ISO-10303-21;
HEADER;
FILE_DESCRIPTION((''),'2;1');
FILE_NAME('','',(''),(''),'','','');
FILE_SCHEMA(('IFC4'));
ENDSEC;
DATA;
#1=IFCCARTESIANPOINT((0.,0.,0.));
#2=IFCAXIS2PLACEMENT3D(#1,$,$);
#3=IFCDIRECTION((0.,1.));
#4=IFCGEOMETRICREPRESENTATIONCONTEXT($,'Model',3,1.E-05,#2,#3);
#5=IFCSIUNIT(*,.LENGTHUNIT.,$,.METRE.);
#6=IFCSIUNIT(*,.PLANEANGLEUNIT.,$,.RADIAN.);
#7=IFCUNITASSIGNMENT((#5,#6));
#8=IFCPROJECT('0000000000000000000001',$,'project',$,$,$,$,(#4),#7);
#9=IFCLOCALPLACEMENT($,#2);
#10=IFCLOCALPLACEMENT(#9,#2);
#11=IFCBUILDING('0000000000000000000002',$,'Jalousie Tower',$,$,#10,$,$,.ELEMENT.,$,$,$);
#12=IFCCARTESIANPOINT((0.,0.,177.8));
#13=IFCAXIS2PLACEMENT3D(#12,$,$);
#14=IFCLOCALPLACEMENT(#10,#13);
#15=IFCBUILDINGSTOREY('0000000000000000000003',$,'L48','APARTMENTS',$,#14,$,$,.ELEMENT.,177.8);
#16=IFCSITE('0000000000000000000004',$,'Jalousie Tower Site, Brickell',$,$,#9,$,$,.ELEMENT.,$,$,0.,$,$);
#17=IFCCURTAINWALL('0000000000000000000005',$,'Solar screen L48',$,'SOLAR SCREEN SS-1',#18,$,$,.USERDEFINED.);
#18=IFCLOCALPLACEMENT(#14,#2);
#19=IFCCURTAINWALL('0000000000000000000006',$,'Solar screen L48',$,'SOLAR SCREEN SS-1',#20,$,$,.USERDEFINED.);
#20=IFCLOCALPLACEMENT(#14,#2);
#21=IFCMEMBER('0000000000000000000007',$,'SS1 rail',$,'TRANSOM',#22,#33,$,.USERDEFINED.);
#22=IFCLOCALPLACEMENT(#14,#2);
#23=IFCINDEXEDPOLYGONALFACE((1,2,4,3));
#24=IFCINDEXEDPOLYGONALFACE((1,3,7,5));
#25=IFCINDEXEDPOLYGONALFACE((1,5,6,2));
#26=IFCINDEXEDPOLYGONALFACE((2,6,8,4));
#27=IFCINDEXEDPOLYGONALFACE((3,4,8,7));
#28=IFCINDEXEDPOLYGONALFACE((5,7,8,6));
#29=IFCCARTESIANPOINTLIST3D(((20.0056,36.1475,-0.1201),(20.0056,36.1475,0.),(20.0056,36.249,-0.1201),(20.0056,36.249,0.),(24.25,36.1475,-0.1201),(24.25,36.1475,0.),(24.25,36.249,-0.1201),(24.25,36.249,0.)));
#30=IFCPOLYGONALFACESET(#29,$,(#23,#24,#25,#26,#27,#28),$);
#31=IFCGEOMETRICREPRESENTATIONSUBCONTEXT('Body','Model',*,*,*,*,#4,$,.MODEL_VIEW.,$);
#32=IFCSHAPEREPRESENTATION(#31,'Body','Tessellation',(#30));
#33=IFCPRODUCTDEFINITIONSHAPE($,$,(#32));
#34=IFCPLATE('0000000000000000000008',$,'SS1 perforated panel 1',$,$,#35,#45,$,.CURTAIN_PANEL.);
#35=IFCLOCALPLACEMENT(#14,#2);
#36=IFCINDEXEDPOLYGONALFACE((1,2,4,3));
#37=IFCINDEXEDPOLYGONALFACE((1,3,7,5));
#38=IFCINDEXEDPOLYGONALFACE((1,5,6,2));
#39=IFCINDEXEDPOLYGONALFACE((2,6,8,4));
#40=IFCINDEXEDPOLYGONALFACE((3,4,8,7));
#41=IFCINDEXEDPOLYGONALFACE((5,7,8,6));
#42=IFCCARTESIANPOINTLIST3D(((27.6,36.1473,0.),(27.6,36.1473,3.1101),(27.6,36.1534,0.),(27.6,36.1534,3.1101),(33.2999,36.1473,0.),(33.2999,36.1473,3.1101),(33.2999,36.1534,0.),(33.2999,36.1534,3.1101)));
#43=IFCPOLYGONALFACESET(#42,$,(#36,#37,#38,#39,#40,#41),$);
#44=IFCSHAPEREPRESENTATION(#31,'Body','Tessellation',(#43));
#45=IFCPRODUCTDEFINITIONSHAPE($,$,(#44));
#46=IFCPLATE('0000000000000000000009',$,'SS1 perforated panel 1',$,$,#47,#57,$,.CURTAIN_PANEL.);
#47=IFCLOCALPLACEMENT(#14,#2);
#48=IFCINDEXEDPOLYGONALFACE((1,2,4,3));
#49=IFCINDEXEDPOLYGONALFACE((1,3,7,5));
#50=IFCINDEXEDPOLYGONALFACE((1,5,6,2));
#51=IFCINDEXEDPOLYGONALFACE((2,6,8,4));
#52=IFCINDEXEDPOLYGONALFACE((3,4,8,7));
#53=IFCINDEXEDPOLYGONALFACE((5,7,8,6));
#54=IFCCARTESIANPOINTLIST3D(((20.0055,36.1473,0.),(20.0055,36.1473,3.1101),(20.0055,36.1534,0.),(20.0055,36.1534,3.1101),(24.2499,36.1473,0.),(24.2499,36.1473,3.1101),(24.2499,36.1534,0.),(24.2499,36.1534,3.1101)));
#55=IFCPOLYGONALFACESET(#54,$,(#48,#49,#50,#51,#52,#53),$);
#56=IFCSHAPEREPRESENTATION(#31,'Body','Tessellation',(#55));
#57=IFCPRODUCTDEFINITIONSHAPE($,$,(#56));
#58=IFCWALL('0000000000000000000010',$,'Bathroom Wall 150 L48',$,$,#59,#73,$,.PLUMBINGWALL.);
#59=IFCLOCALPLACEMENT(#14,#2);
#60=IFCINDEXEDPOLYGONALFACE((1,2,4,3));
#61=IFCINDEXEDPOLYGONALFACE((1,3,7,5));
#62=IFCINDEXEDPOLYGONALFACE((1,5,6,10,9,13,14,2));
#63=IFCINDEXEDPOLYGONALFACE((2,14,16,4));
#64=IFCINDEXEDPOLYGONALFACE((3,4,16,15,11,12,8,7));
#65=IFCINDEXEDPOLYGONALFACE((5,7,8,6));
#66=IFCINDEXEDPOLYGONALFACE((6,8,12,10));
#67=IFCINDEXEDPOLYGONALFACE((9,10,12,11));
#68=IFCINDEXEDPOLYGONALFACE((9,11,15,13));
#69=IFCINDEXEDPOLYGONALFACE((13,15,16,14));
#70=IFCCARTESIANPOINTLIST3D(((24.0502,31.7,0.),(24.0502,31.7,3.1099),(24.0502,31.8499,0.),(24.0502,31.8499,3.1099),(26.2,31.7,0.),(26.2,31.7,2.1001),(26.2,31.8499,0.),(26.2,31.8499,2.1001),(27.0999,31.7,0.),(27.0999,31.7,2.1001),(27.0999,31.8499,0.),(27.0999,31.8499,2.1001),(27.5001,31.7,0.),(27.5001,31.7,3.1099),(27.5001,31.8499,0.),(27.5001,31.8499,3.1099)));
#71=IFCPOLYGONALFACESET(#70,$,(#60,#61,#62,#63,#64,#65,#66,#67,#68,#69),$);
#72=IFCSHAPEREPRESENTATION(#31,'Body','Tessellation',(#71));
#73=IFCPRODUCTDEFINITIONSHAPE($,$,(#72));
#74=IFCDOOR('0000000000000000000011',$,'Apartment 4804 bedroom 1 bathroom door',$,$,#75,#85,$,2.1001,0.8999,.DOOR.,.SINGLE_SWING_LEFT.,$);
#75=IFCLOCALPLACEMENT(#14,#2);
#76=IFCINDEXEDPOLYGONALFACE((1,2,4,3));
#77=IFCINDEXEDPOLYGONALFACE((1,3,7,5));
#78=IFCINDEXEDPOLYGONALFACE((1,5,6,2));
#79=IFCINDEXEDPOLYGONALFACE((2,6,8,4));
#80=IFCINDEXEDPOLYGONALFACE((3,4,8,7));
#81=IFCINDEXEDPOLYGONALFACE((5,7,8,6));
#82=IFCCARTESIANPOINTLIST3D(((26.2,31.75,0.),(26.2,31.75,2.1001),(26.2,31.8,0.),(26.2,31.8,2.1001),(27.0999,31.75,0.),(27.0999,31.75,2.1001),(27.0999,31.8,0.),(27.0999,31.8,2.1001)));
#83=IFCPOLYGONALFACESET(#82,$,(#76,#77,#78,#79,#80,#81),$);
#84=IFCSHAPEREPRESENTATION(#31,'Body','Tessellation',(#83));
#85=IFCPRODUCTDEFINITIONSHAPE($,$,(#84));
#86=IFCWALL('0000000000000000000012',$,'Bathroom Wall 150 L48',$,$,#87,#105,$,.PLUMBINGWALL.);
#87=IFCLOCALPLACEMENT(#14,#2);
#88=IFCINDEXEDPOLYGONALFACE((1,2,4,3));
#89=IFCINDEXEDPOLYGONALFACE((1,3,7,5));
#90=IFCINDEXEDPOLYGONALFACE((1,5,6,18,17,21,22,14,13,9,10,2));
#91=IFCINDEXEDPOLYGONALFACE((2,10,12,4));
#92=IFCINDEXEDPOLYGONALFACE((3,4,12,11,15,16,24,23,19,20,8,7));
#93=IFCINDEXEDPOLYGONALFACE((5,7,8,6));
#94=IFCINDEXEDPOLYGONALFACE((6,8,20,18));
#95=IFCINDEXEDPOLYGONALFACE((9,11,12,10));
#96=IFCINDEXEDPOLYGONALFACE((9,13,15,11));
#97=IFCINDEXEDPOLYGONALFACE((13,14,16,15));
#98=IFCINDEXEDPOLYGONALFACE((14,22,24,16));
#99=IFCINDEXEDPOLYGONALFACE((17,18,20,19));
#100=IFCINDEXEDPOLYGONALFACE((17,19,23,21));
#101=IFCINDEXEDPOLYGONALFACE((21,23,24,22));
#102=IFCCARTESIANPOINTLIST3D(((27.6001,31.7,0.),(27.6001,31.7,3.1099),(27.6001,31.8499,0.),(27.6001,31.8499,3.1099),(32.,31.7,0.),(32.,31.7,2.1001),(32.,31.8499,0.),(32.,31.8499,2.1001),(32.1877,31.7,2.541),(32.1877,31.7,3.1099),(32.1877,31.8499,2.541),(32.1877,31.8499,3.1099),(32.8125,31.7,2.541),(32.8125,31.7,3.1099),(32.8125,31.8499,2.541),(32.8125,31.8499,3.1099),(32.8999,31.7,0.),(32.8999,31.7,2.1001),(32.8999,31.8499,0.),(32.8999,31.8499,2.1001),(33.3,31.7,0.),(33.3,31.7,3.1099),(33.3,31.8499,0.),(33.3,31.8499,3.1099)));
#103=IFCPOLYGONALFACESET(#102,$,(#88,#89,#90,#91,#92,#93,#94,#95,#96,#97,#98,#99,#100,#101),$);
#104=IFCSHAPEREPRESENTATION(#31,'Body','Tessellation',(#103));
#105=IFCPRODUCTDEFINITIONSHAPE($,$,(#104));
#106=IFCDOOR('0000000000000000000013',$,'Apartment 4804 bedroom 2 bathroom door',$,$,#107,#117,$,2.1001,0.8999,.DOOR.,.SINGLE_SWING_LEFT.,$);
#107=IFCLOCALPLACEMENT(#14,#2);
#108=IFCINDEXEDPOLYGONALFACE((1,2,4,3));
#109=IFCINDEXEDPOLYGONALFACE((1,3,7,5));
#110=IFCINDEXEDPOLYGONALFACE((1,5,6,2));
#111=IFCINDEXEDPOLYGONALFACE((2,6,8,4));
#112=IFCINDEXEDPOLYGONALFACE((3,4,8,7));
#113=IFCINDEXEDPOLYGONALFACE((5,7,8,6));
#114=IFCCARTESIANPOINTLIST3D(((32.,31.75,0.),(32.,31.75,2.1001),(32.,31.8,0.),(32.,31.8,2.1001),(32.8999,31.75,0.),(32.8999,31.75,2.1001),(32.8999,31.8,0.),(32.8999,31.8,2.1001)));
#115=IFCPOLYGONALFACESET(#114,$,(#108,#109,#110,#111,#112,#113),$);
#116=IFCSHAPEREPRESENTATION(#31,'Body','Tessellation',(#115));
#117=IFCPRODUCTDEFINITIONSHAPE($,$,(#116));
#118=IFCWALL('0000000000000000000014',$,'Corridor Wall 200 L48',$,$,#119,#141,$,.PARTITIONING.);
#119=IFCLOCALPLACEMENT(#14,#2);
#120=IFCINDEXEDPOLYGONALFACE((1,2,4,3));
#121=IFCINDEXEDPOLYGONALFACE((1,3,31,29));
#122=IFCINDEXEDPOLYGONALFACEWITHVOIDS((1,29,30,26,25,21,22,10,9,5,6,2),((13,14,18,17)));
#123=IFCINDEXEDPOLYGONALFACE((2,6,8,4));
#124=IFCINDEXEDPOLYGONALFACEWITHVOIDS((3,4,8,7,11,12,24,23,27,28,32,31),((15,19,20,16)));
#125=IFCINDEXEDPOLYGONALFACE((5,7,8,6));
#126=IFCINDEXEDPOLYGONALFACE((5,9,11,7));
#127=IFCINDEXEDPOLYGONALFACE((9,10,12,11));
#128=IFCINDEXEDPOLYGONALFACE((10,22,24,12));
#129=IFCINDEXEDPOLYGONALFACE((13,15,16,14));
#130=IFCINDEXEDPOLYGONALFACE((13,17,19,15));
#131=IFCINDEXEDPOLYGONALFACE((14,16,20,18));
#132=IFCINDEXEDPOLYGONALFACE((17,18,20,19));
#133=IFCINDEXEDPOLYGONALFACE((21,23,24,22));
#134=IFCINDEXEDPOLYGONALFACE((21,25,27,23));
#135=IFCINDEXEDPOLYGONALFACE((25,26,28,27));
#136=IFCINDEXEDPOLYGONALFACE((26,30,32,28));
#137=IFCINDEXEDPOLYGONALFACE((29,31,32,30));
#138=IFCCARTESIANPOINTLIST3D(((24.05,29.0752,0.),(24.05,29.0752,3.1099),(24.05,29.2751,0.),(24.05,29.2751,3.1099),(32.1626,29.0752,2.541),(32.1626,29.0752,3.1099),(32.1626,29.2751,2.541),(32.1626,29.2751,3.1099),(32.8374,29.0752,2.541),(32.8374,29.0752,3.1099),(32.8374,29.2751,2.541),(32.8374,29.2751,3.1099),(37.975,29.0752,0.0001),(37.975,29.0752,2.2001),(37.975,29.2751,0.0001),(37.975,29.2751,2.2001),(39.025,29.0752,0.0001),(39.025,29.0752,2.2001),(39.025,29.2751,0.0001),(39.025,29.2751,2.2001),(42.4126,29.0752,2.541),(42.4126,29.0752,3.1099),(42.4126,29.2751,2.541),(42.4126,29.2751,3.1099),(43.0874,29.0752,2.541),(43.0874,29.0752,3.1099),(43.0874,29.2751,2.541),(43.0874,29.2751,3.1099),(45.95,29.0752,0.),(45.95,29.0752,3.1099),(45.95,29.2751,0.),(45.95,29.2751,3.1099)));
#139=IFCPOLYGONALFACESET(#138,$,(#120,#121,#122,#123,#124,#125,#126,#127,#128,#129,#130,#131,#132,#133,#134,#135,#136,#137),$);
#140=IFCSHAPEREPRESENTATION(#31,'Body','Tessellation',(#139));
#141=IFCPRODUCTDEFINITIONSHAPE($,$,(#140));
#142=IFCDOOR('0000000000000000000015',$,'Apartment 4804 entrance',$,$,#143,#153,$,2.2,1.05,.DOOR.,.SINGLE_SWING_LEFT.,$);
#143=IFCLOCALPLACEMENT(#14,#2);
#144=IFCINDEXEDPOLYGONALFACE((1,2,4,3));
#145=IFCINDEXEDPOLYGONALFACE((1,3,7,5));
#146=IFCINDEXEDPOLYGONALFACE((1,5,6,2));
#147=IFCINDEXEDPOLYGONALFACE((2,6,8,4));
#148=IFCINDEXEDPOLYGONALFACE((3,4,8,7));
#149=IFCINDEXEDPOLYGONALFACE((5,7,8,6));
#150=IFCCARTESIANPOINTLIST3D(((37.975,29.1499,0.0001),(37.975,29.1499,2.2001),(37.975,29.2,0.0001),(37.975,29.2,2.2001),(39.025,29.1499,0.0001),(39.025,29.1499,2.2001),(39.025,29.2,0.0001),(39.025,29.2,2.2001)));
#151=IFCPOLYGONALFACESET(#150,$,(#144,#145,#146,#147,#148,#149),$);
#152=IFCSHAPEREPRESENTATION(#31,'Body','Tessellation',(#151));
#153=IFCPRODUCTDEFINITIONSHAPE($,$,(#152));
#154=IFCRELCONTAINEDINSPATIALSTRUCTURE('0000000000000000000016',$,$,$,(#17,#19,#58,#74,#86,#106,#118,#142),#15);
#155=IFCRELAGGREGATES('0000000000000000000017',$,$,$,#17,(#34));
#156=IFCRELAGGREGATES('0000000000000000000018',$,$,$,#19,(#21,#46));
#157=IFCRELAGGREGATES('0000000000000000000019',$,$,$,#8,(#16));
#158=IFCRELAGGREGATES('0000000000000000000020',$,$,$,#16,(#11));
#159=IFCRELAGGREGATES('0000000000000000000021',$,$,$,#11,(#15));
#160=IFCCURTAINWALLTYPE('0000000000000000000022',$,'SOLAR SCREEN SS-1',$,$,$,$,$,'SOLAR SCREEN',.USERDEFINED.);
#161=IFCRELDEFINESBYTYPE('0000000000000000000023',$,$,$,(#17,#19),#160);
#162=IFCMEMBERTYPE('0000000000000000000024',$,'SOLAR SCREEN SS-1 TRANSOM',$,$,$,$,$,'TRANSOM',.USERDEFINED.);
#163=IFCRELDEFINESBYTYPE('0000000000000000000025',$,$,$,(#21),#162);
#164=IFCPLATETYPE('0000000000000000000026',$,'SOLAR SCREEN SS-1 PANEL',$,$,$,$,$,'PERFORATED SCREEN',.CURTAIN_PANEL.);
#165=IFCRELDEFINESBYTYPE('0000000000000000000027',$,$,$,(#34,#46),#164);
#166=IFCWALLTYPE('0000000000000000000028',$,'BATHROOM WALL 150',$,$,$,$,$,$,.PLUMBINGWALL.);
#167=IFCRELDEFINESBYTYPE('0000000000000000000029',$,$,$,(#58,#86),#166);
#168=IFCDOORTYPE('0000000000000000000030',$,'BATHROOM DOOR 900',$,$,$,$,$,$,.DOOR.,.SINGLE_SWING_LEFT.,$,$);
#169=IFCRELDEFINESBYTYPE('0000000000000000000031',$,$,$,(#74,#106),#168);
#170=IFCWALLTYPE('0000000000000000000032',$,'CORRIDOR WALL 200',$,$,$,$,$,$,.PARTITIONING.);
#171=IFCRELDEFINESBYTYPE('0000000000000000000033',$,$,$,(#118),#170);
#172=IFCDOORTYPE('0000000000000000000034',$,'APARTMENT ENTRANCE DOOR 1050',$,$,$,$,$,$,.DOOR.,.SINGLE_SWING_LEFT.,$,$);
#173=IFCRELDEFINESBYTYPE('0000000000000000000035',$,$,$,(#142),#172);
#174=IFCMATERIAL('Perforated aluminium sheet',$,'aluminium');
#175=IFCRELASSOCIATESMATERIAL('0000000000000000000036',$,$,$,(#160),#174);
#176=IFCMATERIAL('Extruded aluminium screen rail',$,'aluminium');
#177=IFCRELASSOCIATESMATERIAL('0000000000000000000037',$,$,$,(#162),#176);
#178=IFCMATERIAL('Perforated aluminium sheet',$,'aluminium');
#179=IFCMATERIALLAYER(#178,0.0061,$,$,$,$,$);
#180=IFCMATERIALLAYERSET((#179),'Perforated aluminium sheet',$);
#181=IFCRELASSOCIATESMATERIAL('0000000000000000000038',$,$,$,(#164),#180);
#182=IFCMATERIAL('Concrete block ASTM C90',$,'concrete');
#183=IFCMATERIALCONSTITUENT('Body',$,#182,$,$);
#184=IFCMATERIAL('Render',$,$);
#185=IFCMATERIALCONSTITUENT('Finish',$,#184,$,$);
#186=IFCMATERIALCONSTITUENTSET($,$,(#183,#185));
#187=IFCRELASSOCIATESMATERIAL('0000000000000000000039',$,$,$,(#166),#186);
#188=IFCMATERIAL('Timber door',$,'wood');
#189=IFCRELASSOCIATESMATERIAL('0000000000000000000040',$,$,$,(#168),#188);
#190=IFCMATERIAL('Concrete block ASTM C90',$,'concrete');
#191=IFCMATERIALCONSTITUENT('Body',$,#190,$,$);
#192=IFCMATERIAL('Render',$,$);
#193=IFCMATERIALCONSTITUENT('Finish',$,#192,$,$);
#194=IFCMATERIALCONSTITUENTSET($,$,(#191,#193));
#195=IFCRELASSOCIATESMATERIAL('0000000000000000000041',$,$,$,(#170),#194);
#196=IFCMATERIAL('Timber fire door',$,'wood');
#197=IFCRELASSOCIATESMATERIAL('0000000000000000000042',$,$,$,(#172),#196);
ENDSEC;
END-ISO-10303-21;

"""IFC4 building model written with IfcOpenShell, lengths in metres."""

from ifc_helpers import new_model, si_unit, direction, frame, frame_2d, origin, origin_2d, place, context, subcontext, project, spatial, polyline, rectangle, outline, extrude, material, layer, layer_set, constituent, constituent_set, material_profile, profile_set, type_object, element, fill, aggregate, save


model = new_model("IFC4")

# Units and contexts
model_context = context("Model", 3, precision=1e-05, world=origin(), true_north=direction((0.0, 1.0)))
body_context = subcontext(model_context, "Body", "Model", "MODEL_VIEW")
ifc_project = project(units=[si_unit("LENGTHUNIT", "METRE"), si_unit("PLANEANGLEUNIT", "RADIAN")], contexts=[model_context])

# Site, building, storey
site_placement = place(None, origin())
site = spatial("IfcSite", under=ifc_project, at=site_placement, Name="Jalousie Tower Site, Brickell", CompositionType="ELEMENT", RefElevation=0.0)
building_placement = place(site_placement, origin())
building = spatial("IfcBuilding", under=site, at=building_placement, Name="Jalousie Tower", CompositionType="ELEMENT")
storey_placement = place(building_placement, frame((0.0, 0.0, 177.8)))
storey = spatial("IfcBuildingStorey", under=building, at=storey_placement, Name="L48", Description="APARTMENTS", CompositionType="ELEMENT", Elevation=177.8)

# Curtain wall
ifc_material_1 = material(Name="Perforated aluminium sheet", Category="aluminium")
curtain_wall_type = type_object("IfcCurtainWallType", Name="SOLAR SCREEN SS-1", ElementType="SOLAR SCREEN", PredefinedType="USERDEFINED", material=ifc_material_1)
curtain_wall_1_placement = place(storey_placement, origin())
curtain_wall_1 = element("IfcCurtainWall", 1, at=curtain_wall_1_placement, inside=storey, type_object=curtain_wall_type, Name="Solar screen L48", ObjectType="SOLAR SCREEN SS-1", PredefinedType="USERDEFINED")

# Curtain wall, member
curtain_wall_2_placement = place(storey_placement, origin())
curtain_wall_2 = element("IfcCurtainWall", 2, at=curtain_wall_2_placement, inside=storey, type_object=curtain_wall_type, Name="Solar screen L48", ObjectType="SOLAR SCREEN SS-1", PredefinedType="USERDEFINED")
ifc_material_2 = material(Name="Extruded aluminium screen rail", Category="aluminium")
ifc_material_profile_1 = material_profile(ifc_material_2, rectangle(XDim=0.1016, YDim=0.1201, at=origin_2d()), Name="RAIL 102x120")
ifc_profile_set_1 = profile_set([ifc_material_profile_1], Name="Extruded aluminium screen rail")
member_type_1 = type_object("IfcMemberType", Name="SOLAR SCREEN SS-1 TRANSOM", ElementType="TRANSOM", PredefinedType="USERDEFINED", material=ifc_profile_set_1)
member_1_placement = place(storey_placement, frame((24.25, 36.1982, -0.0601), z_axis=(-1.0, 0.0, 0.0), x_axis=(0.0, -1.0, 0.0)))
member_1 = element("IfcMember", 3, at=member_1_placement, type_object=member_type_1, Name="SS1 rail", ObjectType="TRANSOM", PredefinedType="USERDEFINED", context=body_context, shape_type="SweptSolid", body=[
    extrude(rectangle(XDim=0.1016, YDim=0.1201, at=origin_2d()), origin(), (0.0, 0.0, 1.0), 4.2444),
])

# Plates
ifc_material_3 = material(Name="Perforated aluminium sheet", Category="aluminium")
ifc_layer_1 = layer(ifc_material_3, 0.0061)
ifc_layer_set_1 = layer_set([ifc_layer_1], Name="Perforated aluminium sheet")
plate_type = type_object("IfcPlateType", Name="SOLAR SCREEN SS-1 PANEL", ElementType="PERFORATED SCREEN", PredefinedType="CURTAIN_PANEL", material=ifc_layer_set_1)
plate_1_placement = place(storey_placement, frame((30.45, 36.1504, 0.0), z_axis=(0.0, 0.0, 1.0), x_axis=(-1.0, 0.0, 0.0)))
plate_1 = element("IfcPlate", 4, at=plate_1_placement, type_object=plate_type, Name="SS1 perforated panel 1", PredefinedType="CURTAIN_PANEL", context=body_context, shape_type="SweptSolid", body=[
    extrude(rectangle(XDim=5.7, YDim=0.0061, at=origin_2d()), origin(), (0.0, 0.0, 1.0), 3.1101),
])
aggregate(curtain_wall_1, [plate_1])
plate_2_placement = place(storey_placement, frame((22.1277, 36.1504, 0.0), z_axis=(0.0, 0.0, 1.0), x_axis=(-1.0, 0.0, 0.0)))
plate_2 = element("IfcPlate", 5, at=plate_2_placement, type_object=plate_type, Name="SS1 perforated panel 1", PredefinedType="CURTAIN_PANEL", context=body_context, shape_type="SweptSolid", body=[
    extrude(rectangle(XDim=4.2444, YDim=0.0061, at=origin_2d()), origin(), (0.0, 0.0, 1.0), 3.1101),
])
aggregate(curtain_wall_2, [member_1, plate_2])

# Walls, openings, doors
ifc_material_4 = material(Name="Concrete block ASTM C90", Category="concrete")
ifc_constituent_1 = constituent(ifc_material_4, Name="Body")
ifc_material_5 = material(Name="Render")
ifc_constituent_2 = constituent(ifc_material_5, Name="Finish")
ifc_constituent_set_1 = constituent_set(constituents=[ifc_constituent_1, ifc_constituent_2])
wall_type_1 = type_object("IfcWallType", Name="BATHROOM WALL 150", PredefinedType="PLUMBINGWALL", material=ifc_constituent_set_1)
wall_1_placement = place(storey_placement, frame((24.05, 31.7749, 0.0), z_axis=(0.0, 0.0, 1.0), x_axis=(1.0, 0.0, 0.0)))
wall_1 = element("IfcWall", 6, at=wall_1_placement, inside=storey, type_object=wall_type_1, Name="Bathroom Wall 150 L48", PredefinedType="PLUMBINGWALL", context=body_context, shape_type="SweptSolid", body=[
    extrude(rectangle(XDim=3.45, YDim=0.1499, at=frame_2d((1.7251, 0.0))), origin(), (0.0, 0.0, 1.0), 3.1099),
])
opening_1_placement = place(wall_1_placement, frame((2.1499, 0.0, 0.0)))
opening_1 = element("IfcOpeningElement", 7, at=opening_1_placement, cuts=wall_1, PredefinedType="OPENING", context=body_context, shape_type="SweptSolid", body=[
    extrude(rectangle(XDim=0.8999, YDim=2.1001, at=frame_2d((0.45, 1.05))), frame((0.0, 0.085, 0.0), z_axis=(0.0, -1.0, 0.0), x_axis=(1.0, 0.0, 0.0)), (0.0, 0.0, 1.0), 0.1699),
])
ifc_material_6 = material(Name="Timber door", Category="wood")
door_type_1 = type_object("IfcDoorType", Name="BATHROOM DOOR 900", OperationType="SINGLE_SWING_LEFT", PredefinedType="DOOR", material=ifc_material_6)
door_1_placement = place(opening_1_placement, frame((0.8999, 0.0, 0.0), z_axis=(0.0, 0.0, 1.0), x_axis=(-1.0, 0.0, 0.0)))
door_1 = element("IfcDoor", 8, at=door_1_placement, inside=storey, type_object=door_type_1, Name="Apartment 4804 bedroom 1 bathroom door", OperationType="SINGLE_SWING_LEFT", OverallHeight=2.1001, OverallWidth=0.8999, PredefinedType="DOOR", context=body_context, shape_type="SweptSolid", body=[
    extrude(rectangle(XDim=0.8999, YDim=2.1001, at=frame_2d((0.45, 1.05))), frame((0.0, 0.0249, 0.0), z_axis=(0.0, -1.0, 0.0), x_axis=(1.0, 0.0, 0.0)), (0.0, 0.0, 1.0), 0.05),
])
fill(opening_1, door_1)
wall_2_placement = place(storey_placement, frame((27.6001, 31.7749, 0.0), z_axis=(0.0, 0.0, 1.0), x_axis=(1.0, 0.0, 0.0)))
wall_2 = element("IfcWall", 9, at=wall_2_placement, inside=storey, type_object=wall_type_1, Name="Bathroom Wall 150 L48", PredefinedType="PLUMBINGWALL", context=body_context, shape_type="SweptSolid", body=[
    extrude(outline(polyline([(0.0, 0.0), (5.7, 0.0), (5.7, 3.1099), (5.2124, 3.1099), (5.2124, 2.541), (4.5876, 2.541), (4.5876, 3.1099), (0.0, 3.1099), (0.0, 0.0)])), frame((0.0, 0.075, 0.0), z_axis=(0.0, -1.0, 0.0), x_axis=(1.0, 0.0, 0.0)), (0.0, 0.0, 1.0), 0.1499),
])
opening_2_placement = place(wall_2_placement, frame((4.3999, 0.0, 0.0)))
opening_2 = element("IfcOpeningElement", 10, at=opening_2_placement, cuts=wall_2, PredefinedType="OPENING", context=body_context, shape_type="SweptSolid", body=[
    extrude(rectangle(XDim=0.8999, YDim=2.1001, at=frame_2d((0.45, 1.05))), frame((0.0, 0.085, 0.0), z_axis=(0.0, -1.0, 0.0), x_axis=(1.0, 0.0, 0.0)), (0.0, 0.0, 1.0), 0.1699),
])
door_2_placement = place(opening_2_placement, frame((0.8999, 0.0, 0.0), z_axis=(0.0, 0.0, 1.0), x_axis=(-1.0, 0.0, 0.0)))
door_2 = element("IfcDoor", 11, at=door_2_placement, inside=storey, type_object=door_type_1, Name="Apartment 4804 bedroom 2 bathroom door", OperationType="SINGLE_SWING_LEFT", OverallHeight=2.1001, OverallWidth=0.8999, PredefinedType="DOOR", context=body_context, shape_type="SweptSolid", body=[
    extrude(rectangle(XDim=0.8999, YDim=2.1001, at=frame_2d((0.45, 1.05))), frame((0.0, 0.0249, 0.0), z_axis=(0.0, -1.0, 0.0), x_axis=(1.0, 0.0, 0.0)), (0.0, 0.0, 1.0), 0.05),
])
fill(opening_2, door_2)
ifc_material_7 = material(Name="Concrete block ASTM C90", Category="concrete")
ifc_constituent_3 = constituent(ifc_material_7, Name="Body")
ifc_material_8 = material(Name="Render")
ifc_constituent_4 = constituent(ifc_material_8, Name="Finish")
ifc_constituent_set_2 = constituent_set(constituents=[ifc_constituent_3, ifc_constituent_4])
wall_type_2 = type_object("IfcWallType", Name="CORRIDOR WALL 200", PredefinedType="PARTITIONING", material=ifc_constituent_set_2)
wall_3_placement = place(storey_placement, frame((24.05, 29.175, 0.0), z_axis=(0.0, 0.0, 1.0), x_axis=(1.0, 0.0, 0.0)))
wall_3 = element("IfcWall", 12, at=wall_3_placement, inside=storey, type_object=wall_type_2, Name="Corridor Wall 200 L48", PredefinedType="PARTITIONING", context=body_context, shape_type="SweptSolid", body=[
    extrude(outline(polyline([(0.0, 0.0), (21.8999, 0.0), (21.8999, 3.1099), (19.0374, 3.1099), (19.0374, 2.541), (18.3625, 2.541), (18.3625, 3.1099), (8.7874, 3.1099), (8.7874, 2.541), (8.1125, 2.541), (8.1125, 3.1099), (0.0, 3.1099), (0.0, 0.0)])), frame((0.0, 0.1001, 0.0), z_axis=(0.0, -1.0, 0.0), x_axis=(1.0, 0.0, 0.0)), (0.0, 0.0, 1.0), 0.2),
])
opening_3_placement = place(wall_3_placement, frame((13.925, 0.0, 0.0)))
opening_3 = element("IfcOpeningElement", 13, at=opening_3_placement, cuts=wall_3, PredefinedType="OPENING", context=body_context, shape_type="SweptSolid", body=[
    extrude(rectangle(XDim=1.05, YDim=2.2, at=frame_2d((0.5249, 1.1001))), frame((0.0, 0.1099, 0.0), z_axis=(0.0, -1.0, 0.0), x_axis=(1.0, 0.0, 0.0)), (0.0, 0.0, 1.0), 0.22),
])
ifc_material_9 = material(Name="Timber fire door", Category="wood")
door_type_2 = type_object("IfcDoorType", Name="APARTMENT ENTRANCE DOOR 1050", OperationType="SINGLE_SWING_LEFT", PredefinedType="DOOR", material=ifc_material_9)
door_3_placement = place(opening_3_placement, origin())
door_3 = element("IfcDoor", 14, at=door_3_placement, inside=storey, type_object=door_type_2, Name="Apartment 4804 entrance", OperationType="SINGLE_SWING_LEFT", OverallHeight=2.2, OverallWidth=1.05, PredefinedType="DOOR", context=body_context, shape_type="SweptSolid", body=[
    extrude(rectangle(XDim=1.05, YDim=2.2, at=frame_2d((0.5249, 1.1001))), frame((0.0, 0.0249, 0.0), z_axis=(0.0, -1.0, 0.0), x_axis=(1.0, 0.0, 0.0)), (0.0, 0.0, 1.0), 0.05),
])
fill(opening_3, door_3)

save(model, "model.ifc")
